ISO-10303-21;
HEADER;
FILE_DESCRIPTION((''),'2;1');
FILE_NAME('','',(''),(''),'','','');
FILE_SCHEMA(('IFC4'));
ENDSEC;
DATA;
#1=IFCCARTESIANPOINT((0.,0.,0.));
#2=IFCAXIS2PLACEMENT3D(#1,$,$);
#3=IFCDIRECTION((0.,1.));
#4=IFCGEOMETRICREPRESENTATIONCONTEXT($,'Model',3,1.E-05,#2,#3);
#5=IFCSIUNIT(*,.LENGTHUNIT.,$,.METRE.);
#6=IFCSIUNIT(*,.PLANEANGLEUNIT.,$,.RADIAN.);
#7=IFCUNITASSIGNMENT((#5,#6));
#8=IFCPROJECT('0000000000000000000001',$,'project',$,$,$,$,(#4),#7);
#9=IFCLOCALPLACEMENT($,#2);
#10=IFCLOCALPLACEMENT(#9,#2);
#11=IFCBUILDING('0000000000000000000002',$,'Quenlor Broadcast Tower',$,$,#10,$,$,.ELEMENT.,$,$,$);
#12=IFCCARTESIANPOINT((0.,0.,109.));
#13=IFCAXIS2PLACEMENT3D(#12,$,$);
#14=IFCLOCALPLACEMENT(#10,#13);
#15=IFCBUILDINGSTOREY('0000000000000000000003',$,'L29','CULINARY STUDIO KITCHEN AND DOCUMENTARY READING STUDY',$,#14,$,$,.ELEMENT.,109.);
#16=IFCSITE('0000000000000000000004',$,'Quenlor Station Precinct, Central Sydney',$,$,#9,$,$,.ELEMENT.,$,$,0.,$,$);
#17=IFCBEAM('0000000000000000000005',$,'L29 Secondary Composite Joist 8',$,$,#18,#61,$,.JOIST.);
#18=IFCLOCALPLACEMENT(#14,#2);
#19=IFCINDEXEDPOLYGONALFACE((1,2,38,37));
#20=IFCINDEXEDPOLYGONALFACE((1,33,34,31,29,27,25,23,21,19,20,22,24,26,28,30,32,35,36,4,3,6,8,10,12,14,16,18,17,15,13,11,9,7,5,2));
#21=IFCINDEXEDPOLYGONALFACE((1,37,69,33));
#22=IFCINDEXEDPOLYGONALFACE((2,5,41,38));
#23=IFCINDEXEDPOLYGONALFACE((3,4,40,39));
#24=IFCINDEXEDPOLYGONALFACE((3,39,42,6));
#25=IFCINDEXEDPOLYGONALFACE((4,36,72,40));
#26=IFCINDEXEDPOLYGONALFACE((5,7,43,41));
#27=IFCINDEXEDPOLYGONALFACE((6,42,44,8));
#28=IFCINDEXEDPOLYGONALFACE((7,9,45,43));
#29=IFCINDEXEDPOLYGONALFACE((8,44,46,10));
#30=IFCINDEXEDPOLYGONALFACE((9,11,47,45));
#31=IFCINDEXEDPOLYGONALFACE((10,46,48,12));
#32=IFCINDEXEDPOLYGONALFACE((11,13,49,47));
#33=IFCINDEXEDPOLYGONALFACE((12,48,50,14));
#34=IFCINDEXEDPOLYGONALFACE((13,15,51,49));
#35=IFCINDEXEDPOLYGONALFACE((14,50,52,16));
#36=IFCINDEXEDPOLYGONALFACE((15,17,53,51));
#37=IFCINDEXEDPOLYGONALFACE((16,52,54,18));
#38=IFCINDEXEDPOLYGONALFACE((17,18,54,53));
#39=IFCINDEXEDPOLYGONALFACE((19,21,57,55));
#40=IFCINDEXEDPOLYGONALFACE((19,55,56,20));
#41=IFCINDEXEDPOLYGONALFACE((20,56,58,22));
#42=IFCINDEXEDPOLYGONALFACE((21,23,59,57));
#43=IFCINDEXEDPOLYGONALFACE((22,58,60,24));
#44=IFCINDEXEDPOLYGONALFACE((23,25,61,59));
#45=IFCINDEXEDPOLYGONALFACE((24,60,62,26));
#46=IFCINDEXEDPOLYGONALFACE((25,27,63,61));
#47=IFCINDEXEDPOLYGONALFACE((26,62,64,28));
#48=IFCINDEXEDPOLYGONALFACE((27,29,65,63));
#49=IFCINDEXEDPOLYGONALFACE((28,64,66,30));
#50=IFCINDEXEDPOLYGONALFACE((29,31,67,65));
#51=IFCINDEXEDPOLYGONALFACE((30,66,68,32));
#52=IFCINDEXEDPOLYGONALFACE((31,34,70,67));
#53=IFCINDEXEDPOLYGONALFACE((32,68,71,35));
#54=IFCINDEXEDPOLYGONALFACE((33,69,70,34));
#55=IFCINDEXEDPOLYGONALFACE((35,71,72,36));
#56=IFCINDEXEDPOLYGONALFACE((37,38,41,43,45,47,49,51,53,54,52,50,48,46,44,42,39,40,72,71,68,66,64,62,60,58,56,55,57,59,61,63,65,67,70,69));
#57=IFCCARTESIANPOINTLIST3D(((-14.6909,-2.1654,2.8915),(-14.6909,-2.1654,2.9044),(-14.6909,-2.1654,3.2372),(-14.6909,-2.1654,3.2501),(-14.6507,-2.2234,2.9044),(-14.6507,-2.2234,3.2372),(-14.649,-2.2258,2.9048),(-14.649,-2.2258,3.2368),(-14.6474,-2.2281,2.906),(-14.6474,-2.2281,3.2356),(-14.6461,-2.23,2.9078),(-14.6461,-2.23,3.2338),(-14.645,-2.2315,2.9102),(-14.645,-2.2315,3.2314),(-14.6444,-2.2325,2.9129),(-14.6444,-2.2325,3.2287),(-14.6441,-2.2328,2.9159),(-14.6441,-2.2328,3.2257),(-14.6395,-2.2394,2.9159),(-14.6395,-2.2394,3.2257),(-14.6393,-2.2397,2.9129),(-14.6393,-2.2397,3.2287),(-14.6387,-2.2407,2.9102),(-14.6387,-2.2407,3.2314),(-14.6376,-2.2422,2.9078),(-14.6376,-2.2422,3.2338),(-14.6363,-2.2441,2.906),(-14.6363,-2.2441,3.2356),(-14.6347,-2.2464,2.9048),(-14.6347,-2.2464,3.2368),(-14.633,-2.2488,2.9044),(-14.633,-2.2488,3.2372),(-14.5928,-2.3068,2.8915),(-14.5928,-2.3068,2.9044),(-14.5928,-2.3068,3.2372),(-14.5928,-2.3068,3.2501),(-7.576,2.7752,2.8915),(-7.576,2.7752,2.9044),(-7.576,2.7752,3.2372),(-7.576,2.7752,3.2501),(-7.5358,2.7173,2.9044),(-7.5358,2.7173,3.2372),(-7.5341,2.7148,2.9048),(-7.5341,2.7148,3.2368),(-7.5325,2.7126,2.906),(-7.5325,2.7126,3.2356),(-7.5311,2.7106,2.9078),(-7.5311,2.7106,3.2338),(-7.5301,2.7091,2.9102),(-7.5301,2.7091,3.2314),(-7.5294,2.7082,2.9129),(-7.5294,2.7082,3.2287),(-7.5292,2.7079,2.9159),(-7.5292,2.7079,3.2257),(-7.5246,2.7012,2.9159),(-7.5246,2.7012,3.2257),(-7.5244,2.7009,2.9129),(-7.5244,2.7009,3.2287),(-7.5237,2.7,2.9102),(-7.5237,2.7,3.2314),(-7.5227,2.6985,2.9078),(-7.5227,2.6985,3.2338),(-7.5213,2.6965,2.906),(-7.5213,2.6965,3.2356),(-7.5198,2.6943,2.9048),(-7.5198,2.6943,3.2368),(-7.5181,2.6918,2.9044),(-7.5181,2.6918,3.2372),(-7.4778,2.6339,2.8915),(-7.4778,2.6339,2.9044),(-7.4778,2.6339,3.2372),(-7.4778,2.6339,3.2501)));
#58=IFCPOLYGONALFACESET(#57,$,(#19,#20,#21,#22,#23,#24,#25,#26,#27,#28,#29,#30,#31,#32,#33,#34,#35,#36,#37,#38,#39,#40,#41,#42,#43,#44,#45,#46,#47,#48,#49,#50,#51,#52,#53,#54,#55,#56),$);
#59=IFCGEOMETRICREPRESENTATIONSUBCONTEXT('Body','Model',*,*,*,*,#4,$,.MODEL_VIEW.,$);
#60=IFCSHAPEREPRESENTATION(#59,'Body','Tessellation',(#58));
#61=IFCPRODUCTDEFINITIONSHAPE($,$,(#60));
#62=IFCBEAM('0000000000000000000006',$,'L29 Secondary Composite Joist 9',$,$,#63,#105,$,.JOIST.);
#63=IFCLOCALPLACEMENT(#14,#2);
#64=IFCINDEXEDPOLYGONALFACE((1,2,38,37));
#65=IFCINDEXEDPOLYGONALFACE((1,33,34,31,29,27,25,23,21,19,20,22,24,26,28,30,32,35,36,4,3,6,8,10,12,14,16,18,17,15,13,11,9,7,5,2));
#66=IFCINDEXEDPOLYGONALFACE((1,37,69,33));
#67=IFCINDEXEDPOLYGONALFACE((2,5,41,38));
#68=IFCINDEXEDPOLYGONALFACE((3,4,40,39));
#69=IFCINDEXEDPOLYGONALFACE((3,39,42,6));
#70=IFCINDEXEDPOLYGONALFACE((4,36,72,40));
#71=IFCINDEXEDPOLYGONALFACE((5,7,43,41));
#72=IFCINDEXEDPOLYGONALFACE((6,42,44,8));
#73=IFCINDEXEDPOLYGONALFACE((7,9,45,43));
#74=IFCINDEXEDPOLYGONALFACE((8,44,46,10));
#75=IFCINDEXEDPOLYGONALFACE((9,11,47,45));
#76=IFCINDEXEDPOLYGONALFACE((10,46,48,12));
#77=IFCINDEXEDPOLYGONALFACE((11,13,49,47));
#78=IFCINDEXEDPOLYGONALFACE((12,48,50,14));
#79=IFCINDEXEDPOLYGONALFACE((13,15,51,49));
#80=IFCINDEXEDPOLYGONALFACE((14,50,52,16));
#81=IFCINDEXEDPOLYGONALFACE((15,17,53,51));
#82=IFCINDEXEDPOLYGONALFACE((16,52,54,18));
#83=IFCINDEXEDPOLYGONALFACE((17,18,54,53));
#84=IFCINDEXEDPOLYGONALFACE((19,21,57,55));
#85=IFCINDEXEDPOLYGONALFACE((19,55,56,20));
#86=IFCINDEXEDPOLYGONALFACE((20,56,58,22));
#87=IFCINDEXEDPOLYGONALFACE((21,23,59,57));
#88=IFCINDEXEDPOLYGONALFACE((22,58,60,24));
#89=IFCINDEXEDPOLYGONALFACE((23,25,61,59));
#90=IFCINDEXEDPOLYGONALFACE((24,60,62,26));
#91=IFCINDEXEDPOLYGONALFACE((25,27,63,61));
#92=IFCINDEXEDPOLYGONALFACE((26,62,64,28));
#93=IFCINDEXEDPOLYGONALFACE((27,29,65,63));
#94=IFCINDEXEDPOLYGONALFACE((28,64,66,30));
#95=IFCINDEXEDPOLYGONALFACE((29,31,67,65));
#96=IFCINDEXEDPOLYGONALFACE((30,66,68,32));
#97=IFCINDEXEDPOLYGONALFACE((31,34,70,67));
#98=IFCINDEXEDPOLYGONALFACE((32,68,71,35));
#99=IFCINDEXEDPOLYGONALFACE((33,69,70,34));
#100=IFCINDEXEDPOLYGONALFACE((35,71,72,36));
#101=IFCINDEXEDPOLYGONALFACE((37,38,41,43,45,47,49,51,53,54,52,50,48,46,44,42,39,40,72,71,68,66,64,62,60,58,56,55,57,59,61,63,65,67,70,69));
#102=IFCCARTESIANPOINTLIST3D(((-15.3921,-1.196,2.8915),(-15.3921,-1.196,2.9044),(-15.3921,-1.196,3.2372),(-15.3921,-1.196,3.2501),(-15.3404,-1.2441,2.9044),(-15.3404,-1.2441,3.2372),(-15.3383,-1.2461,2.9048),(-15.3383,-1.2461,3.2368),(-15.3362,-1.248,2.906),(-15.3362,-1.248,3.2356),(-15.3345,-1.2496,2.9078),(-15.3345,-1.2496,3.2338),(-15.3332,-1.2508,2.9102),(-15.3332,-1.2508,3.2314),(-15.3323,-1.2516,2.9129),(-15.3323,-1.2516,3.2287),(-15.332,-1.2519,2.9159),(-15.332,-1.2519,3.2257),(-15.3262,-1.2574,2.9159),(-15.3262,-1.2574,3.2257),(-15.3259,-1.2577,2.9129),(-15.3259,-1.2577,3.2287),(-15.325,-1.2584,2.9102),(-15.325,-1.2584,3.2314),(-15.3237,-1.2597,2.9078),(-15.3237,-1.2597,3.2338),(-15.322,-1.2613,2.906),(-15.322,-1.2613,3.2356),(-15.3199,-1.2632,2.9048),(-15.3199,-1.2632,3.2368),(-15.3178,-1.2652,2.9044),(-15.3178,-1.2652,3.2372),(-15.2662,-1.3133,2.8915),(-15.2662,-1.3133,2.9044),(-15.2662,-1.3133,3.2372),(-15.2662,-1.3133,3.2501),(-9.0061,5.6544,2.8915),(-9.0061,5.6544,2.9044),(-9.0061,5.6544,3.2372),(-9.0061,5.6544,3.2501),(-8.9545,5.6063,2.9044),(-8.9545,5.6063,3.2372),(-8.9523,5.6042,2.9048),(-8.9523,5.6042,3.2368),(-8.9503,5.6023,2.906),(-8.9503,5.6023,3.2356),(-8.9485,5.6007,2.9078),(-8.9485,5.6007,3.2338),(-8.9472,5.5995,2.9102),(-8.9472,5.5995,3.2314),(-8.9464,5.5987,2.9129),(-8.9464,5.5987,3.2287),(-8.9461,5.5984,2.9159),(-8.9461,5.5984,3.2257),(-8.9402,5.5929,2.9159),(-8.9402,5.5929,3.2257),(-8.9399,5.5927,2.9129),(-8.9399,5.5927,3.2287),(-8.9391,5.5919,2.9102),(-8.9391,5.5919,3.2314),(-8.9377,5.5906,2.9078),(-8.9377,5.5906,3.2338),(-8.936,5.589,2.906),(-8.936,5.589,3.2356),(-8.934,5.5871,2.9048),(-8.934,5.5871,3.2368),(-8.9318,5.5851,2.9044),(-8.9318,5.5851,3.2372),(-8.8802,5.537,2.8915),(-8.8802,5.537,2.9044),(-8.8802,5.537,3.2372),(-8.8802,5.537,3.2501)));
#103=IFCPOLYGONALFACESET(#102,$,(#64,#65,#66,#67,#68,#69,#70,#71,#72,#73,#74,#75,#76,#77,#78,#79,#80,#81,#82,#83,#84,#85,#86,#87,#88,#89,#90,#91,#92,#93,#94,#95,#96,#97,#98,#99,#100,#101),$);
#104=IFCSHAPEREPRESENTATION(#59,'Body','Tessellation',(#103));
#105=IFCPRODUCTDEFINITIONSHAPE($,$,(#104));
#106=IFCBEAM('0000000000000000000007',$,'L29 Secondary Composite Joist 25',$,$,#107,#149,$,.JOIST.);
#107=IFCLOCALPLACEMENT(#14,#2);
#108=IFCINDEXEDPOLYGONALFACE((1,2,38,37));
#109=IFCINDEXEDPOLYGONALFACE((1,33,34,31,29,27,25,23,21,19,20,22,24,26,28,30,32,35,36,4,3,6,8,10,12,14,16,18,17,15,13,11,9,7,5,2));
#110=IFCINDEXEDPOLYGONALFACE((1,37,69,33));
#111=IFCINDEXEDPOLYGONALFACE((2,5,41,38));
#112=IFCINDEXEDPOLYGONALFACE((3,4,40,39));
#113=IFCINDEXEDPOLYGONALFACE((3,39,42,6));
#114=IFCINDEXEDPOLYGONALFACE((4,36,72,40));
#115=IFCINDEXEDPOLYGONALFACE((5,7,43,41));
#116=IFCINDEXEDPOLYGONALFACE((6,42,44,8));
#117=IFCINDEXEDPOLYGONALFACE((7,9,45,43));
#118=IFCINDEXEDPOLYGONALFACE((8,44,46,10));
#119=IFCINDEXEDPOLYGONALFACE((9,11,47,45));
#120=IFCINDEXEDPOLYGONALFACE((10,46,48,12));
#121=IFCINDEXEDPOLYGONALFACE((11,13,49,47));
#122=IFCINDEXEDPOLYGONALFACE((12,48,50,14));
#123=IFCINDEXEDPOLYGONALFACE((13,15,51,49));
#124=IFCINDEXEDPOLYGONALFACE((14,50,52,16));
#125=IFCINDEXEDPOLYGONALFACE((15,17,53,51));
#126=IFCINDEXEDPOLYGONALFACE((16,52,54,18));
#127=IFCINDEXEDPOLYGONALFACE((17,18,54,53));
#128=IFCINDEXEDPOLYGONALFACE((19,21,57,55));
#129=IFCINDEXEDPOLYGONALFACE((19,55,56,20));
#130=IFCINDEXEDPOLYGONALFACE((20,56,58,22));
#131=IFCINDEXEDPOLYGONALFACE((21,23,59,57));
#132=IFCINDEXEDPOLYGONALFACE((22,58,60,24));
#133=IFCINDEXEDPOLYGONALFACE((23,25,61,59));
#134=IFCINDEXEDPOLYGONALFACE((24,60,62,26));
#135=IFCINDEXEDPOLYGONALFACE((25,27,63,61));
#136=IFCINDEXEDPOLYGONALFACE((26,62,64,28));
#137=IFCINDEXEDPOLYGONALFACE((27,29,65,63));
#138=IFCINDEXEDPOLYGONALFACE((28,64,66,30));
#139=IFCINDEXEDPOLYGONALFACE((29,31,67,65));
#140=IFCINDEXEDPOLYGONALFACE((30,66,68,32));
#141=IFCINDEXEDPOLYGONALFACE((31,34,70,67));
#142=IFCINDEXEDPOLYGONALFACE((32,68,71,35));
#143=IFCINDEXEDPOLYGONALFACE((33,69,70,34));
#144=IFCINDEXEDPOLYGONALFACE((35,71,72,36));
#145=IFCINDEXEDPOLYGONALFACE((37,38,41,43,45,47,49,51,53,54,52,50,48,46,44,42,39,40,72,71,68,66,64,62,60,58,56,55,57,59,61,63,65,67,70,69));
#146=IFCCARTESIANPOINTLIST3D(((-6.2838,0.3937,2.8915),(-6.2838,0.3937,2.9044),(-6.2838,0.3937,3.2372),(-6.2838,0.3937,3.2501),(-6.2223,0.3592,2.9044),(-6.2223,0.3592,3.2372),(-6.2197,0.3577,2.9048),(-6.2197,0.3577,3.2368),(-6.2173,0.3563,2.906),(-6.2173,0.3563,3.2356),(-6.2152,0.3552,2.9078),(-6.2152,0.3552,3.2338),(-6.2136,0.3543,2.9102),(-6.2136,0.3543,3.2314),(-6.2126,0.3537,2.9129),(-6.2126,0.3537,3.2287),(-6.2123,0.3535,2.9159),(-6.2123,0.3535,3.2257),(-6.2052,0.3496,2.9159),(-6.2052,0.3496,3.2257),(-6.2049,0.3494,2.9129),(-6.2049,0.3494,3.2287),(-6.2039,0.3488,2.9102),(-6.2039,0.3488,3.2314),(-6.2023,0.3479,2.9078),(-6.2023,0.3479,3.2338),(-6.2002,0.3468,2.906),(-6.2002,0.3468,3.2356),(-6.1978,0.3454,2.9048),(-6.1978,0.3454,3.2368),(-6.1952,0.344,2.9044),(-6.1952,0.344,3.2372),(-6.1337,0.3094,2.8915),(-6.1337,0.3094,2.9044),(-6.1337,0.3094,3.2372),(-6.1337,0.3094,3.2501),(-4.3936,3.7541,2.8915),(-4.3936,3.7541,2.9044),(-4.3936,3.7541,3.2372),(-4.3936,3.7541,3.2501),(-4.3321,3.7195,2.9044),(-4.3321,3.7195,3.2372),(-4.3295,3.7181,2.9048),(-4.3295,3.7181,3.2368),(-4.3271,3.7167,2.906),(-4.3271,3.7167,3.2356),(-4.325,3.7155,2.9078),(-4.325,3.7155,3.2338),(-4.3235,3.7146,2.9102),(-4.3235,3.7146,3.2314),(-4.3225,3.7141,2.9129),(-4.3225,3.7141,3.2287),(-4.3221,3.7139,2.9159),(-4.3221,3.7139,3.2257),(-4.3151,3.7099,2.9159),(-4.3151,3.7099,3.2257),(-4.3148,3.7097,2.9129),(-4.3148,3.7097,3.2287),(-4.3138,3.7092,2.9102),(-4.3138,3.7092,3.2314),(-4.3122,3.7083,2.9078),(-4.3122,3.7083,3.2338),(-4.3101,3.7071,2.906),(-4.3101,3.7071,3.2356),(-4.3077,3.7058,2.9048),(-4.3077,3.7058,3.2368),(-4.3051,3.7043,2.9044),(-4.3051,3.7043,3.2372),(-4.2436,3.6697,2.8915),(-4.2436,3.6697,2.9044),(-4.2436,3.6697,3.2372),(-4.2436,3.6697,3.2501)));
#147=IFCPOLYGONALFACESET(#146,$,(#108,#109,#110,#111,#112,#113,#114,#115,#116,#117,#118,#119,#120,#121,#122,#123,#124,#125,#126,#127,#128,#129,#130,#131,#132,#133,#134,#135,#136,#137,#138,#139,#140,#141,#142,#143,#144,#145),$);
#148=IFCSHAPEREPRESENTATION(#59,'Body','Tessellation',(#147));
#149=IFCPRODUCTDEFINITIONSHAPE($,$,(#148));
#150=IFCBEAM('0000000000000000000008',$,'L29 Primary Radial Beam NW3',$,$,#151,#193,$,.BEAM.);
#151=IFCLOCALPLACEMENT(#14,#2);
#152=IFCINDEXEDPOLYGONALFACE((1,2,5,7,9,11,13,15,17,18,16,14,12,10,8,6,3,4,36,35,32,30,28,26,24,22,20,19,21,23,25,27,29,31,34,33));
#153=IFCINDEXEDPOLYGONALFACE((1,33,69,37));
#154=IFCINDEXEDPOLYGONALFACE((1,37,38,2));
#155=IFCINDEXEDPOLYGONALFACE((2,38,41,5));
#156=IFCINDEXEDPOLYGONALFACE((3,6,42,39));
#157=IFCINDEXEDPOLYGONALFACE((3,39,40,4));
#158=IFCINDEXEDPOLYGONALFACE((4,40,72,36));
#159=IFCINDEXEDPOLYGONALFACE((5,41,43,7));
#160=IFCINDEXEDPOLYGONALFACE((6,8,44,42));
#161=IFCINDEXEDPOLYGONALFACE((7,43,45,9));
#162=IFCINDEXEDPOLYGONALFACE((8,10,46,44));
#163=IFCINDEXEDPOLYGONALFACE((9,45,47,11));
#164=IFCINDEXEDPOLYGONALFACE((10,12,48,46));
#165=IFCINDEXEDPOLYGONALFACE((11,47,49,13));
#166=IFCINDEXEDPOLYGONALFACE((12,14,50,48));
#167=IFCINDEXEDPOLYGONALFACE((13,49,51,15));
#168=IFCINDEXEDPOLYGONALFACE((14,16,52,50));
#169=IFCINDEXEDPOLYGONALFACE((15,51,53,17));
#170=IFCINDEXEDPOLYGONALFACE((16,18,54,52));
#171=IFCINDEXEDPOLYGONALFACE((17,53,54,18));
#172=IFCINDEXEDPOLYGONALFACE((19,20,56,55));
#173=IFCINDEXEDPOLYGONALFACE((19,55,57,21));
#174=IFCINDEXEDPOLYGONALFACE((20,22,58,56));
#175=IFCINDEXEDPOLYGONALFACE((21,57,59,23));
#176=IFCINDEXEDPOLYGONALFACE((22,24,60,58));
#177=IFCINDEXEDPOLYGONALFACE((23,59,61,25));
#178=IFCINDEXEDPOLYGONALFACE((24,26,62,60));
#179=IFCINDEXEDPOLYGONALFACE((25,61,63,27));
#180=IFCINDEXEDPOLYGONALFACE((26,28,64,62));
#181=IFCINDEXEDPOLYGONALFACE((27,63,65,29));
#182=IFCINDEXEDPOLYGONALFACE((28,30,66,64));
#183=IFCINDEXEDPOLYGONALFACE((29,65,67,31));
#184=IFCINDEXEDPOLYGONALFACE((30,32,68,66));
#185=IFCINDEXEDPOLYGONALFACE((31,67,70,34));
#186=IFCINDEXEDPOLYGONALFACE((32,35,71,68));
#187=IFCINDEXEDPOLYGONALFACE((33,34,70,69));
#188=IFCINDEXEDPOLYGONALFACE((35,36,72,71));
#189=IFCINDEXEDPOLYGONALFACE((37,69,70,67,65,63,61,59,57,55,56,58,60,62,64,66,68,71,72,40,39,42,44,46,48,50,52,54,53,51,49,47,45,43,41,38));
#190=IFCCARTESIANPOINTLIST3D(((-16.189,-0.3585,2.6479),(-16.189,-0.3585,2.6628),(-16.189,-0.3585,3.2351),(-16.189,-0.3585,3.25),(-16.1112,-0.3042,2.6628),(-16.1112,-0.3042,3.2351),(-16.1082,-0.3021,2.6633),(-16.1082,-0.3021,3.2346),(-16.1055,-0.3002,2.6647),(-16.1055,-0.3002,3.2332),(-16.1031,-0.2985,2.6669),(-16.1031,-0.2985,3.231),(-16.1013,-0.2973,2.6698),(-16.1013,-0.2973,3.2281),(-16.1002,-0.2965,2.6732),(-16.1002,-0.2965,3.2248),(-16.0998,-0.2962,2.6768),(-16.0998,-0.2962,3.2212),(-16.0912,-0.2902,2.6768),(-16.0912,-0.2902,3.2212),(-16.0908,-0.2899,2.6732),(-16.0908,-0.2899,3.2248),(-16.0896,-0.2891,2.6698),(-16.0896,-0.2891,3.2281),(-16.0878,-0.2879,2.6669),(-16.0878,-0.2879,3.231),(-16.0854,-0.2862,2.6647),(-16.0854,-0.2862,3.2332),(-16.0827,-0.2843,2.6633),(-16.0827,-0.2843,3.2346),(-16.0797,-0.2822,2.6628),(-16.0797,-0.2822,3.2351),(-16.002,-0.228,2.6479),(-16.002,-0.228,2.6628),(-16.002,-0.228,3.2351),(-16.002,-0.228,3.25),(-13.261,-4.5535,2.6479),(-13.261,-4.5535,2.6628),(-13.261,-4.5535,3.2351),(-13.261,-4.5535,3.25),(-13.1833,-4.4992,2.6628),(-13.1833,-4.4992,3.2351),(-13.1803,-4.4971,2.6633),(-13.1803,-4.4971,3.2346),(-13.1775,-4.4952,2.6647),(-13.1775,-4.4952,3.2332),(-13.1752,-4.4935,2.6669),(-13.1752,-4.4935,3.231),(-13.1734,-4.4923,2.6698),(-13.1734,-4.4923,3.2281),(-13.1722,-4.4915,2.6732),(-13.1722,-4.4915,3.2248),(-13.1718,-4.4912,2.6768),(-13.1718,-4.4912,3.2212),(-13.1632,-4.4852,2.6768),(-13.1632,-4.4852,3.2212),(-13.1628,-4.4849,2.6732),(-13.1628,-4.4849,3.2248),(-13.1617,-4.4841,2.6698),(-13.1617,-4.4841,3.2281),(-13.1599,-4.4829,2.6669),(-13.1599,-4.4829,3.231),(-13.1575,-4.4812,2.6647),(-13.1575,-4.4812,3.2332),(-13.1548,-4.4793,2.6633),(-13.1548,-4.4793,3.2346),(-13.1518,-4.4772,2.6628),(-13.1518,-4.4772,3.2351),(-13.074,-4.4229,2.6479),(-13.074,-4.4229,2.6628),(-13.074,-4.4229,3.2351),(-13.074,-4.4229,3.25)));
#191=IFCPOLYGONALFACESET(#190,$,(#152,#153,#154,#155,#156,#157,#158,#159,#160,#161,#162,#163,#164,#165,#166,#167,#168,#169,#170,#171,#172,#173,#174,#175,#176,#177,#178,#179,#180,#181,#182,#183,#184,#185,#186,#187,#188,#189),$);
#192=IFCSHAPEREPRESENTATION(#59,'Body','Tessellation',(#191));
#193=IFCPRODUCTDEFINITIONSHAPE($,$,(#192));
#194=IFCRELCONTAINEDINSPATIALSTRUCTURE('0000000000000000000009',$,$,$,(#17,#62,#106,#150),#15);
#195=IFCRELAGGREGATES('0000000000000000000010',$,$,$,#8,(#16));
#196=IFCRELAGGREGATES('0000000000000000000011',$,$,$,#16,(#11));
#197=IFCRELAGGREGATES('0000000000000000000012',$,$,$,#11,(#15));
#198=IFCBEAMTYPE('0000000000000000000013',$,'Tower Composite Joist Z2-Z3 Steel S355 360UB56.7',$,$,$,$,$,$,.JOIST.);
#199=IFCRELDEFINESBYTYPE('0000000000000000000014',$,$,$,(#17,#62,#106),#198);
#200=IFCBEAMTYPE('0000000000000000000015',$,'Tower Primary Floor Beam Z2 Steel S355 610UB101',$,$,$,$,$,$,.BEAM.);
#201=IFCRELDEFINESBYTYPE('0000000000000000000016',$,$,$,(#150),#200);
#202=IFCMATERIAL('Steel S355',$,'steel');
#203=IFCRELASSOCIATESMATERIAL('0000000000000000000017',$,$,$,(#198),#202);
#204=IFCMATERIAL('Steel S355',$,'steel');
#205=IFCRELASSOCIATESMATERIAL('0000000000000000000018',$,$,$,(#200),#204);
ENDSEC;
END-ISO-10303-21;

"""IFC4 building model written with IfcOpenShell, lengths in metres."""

from ifc_helpers import new_model, si_unit, direction, frame, origin, origin_2d, place, context, subcontext, project, spatial, i_section, extrude, material, material_profile, profile_set, type_object, element, save


model = new_model("IFC4")

# Units and contexts
model_context = context("Model", 3, precision=1e-05, world=origin(), true_north=direction((0.0, 1.0)))
body_context = subcontext(model_context, "Body", "Model", "MODEL_VIEW")
ifc_project = project(units=[si_unit("LENGTHUNIT", "METRE"), si_unit("PLANEANGLEUNIT", "RADIAN")], contexts=[model_context])

# Site, building, storey
site_placement = place(None, origin())
site = spatial("IfcSite", under=ifc_project, at=site_placement, Name="Quenlor Station Precinct, Central Sydney", CompositionType="ELEMENT", RefElevation=0.0)
building_placement = place(site_placement, origin())
building = spatial("IfcBuilding", under=site, at=building_placement, Name="Quenlor Broadcast Tower", CompositionType="ELEMENT")
storey_placement = place(building_placement, frame((0.0, 0.0, 109.0)))
storey = spatial("IfcBuildingStorey", under=building, at=storey_placement, Name="L29", Description="CULINARY STUDIO KITCHEN AND DOCUMENTARY READING STUDY", CompositionType="ELEMENT", Elevation=109.0)

# Beams
ifc_material_1 = material(Name="Steel S355", Category="steel")
ifc_material_profile_1 = material_profile(ifc_material_1, i_section(OverallWidth=0.1721, OverallDepth=0.3586, WebThickness=0.0081, FlangeThickness=0.0129, FilletRadius=0.0115, at=origin_2d()))
ifc_profile_set_1 = profile_set([ifc_material_profile_1], Name="Steel S355 360UB56.7")
beam_type_1 = type_object("IfcBeamType", Name="Tower Composite Joist Z2-Z3 Steel S355 360UB56.7", PredefinedType="JOIST", material=ifc_profile_set_1)
beam_1_placement = place(storey_placement, frame((-14.6418, -2.2361, 3.0708), z_axis=(0.821386, 0.570373, 0.0), x_axis=(-0.570373, 0.821386, 0.0)))
element("IfcBeam", 1, at=beam_1_placement, inside=storey, type_object=beam_type_1, Name="L29 Secondary Composite Joist 8", PredefinedType="JOIST", context=body_context, shape_type="SweptSolid", body=[
    extrude(i_section(OverallWidth=0.1721, OverallDepth=0.3586, WebThickness=0.0081, FlangeThickness=0.0129, FilletRadius=0.0115, at=origin_2d()), origin(), (0.0, 0.0, 1.0), 8.6621),
])
beam_2_placement = place(storey_placement, frame((-15.3291, -1.2546, 3.0708), z_axis=(0.681881, 0.731463, 0.0), x_axis=(-0.731463, 0.681881, 0.0)))
element("IfcBeam", 2, at=beam_2_placement, inside=storey, type_object=beam_type_1, Name="L29 Secondary Composite Joist 9", PredefinedType="JOIST", context=body_context, shape_type="SweptSolid", body=[
    extrude(i_section(OverallWidth=0.1721, OverallDepth=0.3586, WebThickness=0.0081, FlangeThickness=0.0129, FilletRadius=0.0115, at=origin_2d()), origin(), (0.0, 0.0, 1.0), 9.3652),
])
beam_3_placement = place(storey_placement, frame((-4.3186, 3.7119, 3.0708), z_axis=(-0.490249, -0.871582, 0.0), x_axis=(0.871582, -0.490249, 0.0)))
element("IfcBeam", 3, at=beam_3_placement, inside=storey, type_object=beam_type_1, Name="L29 Secondary Composite Joist 25", PredefinedType="JOIST", context=body_context, shape_type="SweptSolid", body=[
    extrude(i_section(OverallWidth=0.1721, OverallDepth=0.3586, WebThickness=0.0081, FlangeThickness=0.0129, FilletRadius=0.0115, at=origin_2d()), origin(), (0.0, 0.0, 1.0), 3.8555),
])
ifc_material_2 = material(Name="Steel S355", Category="steel")
ifc_material_profile_2 = material_profile(ifc_material_2, i_section(OverallWidth=0.228, OverallDepth=0.6021, WebThickness=0.0105, FlangeThickness=0.0149, FilletRadius=0.0139, at=origin_2d()))
ifc_profile_set_2 = profile_set([ifc_material_profile_2], Name="Steel S355 610UB101")
beam_type_2 = type_object("IfcBeamType", Name="Tower Primary Floor Beam Z2 Steel S355 610UB101", PredefinedType="BEAM", material=ifc_profile_set_2)
beam_4_placement = place(storey_placement, frame((-16.0955, -0.2932, 2.949), z_axis=(0.572338, -0.820018, 0.0), x_axis=(0.820018, 0.572338, 0.0)))
element("IfcBeam", 4, at=beam_4_placement, inside=storey, type_object=beam_type_2, Name="L29 Primary Radial Beam NW3", PredefinedType="BEAM", context=body_context, shape_type="SweptSolid", body=[
    extrude(i_section(OverallWidth=0.228, OverallDepth=0.6021, WebThickness=0.0105, FlangeThickness=0.0149, FilletRadius=0.0139, at=origin_2d()), origin(), (0.0, 0.0, 1.0), 5.1157),
])

save(model, "model.ifc")
